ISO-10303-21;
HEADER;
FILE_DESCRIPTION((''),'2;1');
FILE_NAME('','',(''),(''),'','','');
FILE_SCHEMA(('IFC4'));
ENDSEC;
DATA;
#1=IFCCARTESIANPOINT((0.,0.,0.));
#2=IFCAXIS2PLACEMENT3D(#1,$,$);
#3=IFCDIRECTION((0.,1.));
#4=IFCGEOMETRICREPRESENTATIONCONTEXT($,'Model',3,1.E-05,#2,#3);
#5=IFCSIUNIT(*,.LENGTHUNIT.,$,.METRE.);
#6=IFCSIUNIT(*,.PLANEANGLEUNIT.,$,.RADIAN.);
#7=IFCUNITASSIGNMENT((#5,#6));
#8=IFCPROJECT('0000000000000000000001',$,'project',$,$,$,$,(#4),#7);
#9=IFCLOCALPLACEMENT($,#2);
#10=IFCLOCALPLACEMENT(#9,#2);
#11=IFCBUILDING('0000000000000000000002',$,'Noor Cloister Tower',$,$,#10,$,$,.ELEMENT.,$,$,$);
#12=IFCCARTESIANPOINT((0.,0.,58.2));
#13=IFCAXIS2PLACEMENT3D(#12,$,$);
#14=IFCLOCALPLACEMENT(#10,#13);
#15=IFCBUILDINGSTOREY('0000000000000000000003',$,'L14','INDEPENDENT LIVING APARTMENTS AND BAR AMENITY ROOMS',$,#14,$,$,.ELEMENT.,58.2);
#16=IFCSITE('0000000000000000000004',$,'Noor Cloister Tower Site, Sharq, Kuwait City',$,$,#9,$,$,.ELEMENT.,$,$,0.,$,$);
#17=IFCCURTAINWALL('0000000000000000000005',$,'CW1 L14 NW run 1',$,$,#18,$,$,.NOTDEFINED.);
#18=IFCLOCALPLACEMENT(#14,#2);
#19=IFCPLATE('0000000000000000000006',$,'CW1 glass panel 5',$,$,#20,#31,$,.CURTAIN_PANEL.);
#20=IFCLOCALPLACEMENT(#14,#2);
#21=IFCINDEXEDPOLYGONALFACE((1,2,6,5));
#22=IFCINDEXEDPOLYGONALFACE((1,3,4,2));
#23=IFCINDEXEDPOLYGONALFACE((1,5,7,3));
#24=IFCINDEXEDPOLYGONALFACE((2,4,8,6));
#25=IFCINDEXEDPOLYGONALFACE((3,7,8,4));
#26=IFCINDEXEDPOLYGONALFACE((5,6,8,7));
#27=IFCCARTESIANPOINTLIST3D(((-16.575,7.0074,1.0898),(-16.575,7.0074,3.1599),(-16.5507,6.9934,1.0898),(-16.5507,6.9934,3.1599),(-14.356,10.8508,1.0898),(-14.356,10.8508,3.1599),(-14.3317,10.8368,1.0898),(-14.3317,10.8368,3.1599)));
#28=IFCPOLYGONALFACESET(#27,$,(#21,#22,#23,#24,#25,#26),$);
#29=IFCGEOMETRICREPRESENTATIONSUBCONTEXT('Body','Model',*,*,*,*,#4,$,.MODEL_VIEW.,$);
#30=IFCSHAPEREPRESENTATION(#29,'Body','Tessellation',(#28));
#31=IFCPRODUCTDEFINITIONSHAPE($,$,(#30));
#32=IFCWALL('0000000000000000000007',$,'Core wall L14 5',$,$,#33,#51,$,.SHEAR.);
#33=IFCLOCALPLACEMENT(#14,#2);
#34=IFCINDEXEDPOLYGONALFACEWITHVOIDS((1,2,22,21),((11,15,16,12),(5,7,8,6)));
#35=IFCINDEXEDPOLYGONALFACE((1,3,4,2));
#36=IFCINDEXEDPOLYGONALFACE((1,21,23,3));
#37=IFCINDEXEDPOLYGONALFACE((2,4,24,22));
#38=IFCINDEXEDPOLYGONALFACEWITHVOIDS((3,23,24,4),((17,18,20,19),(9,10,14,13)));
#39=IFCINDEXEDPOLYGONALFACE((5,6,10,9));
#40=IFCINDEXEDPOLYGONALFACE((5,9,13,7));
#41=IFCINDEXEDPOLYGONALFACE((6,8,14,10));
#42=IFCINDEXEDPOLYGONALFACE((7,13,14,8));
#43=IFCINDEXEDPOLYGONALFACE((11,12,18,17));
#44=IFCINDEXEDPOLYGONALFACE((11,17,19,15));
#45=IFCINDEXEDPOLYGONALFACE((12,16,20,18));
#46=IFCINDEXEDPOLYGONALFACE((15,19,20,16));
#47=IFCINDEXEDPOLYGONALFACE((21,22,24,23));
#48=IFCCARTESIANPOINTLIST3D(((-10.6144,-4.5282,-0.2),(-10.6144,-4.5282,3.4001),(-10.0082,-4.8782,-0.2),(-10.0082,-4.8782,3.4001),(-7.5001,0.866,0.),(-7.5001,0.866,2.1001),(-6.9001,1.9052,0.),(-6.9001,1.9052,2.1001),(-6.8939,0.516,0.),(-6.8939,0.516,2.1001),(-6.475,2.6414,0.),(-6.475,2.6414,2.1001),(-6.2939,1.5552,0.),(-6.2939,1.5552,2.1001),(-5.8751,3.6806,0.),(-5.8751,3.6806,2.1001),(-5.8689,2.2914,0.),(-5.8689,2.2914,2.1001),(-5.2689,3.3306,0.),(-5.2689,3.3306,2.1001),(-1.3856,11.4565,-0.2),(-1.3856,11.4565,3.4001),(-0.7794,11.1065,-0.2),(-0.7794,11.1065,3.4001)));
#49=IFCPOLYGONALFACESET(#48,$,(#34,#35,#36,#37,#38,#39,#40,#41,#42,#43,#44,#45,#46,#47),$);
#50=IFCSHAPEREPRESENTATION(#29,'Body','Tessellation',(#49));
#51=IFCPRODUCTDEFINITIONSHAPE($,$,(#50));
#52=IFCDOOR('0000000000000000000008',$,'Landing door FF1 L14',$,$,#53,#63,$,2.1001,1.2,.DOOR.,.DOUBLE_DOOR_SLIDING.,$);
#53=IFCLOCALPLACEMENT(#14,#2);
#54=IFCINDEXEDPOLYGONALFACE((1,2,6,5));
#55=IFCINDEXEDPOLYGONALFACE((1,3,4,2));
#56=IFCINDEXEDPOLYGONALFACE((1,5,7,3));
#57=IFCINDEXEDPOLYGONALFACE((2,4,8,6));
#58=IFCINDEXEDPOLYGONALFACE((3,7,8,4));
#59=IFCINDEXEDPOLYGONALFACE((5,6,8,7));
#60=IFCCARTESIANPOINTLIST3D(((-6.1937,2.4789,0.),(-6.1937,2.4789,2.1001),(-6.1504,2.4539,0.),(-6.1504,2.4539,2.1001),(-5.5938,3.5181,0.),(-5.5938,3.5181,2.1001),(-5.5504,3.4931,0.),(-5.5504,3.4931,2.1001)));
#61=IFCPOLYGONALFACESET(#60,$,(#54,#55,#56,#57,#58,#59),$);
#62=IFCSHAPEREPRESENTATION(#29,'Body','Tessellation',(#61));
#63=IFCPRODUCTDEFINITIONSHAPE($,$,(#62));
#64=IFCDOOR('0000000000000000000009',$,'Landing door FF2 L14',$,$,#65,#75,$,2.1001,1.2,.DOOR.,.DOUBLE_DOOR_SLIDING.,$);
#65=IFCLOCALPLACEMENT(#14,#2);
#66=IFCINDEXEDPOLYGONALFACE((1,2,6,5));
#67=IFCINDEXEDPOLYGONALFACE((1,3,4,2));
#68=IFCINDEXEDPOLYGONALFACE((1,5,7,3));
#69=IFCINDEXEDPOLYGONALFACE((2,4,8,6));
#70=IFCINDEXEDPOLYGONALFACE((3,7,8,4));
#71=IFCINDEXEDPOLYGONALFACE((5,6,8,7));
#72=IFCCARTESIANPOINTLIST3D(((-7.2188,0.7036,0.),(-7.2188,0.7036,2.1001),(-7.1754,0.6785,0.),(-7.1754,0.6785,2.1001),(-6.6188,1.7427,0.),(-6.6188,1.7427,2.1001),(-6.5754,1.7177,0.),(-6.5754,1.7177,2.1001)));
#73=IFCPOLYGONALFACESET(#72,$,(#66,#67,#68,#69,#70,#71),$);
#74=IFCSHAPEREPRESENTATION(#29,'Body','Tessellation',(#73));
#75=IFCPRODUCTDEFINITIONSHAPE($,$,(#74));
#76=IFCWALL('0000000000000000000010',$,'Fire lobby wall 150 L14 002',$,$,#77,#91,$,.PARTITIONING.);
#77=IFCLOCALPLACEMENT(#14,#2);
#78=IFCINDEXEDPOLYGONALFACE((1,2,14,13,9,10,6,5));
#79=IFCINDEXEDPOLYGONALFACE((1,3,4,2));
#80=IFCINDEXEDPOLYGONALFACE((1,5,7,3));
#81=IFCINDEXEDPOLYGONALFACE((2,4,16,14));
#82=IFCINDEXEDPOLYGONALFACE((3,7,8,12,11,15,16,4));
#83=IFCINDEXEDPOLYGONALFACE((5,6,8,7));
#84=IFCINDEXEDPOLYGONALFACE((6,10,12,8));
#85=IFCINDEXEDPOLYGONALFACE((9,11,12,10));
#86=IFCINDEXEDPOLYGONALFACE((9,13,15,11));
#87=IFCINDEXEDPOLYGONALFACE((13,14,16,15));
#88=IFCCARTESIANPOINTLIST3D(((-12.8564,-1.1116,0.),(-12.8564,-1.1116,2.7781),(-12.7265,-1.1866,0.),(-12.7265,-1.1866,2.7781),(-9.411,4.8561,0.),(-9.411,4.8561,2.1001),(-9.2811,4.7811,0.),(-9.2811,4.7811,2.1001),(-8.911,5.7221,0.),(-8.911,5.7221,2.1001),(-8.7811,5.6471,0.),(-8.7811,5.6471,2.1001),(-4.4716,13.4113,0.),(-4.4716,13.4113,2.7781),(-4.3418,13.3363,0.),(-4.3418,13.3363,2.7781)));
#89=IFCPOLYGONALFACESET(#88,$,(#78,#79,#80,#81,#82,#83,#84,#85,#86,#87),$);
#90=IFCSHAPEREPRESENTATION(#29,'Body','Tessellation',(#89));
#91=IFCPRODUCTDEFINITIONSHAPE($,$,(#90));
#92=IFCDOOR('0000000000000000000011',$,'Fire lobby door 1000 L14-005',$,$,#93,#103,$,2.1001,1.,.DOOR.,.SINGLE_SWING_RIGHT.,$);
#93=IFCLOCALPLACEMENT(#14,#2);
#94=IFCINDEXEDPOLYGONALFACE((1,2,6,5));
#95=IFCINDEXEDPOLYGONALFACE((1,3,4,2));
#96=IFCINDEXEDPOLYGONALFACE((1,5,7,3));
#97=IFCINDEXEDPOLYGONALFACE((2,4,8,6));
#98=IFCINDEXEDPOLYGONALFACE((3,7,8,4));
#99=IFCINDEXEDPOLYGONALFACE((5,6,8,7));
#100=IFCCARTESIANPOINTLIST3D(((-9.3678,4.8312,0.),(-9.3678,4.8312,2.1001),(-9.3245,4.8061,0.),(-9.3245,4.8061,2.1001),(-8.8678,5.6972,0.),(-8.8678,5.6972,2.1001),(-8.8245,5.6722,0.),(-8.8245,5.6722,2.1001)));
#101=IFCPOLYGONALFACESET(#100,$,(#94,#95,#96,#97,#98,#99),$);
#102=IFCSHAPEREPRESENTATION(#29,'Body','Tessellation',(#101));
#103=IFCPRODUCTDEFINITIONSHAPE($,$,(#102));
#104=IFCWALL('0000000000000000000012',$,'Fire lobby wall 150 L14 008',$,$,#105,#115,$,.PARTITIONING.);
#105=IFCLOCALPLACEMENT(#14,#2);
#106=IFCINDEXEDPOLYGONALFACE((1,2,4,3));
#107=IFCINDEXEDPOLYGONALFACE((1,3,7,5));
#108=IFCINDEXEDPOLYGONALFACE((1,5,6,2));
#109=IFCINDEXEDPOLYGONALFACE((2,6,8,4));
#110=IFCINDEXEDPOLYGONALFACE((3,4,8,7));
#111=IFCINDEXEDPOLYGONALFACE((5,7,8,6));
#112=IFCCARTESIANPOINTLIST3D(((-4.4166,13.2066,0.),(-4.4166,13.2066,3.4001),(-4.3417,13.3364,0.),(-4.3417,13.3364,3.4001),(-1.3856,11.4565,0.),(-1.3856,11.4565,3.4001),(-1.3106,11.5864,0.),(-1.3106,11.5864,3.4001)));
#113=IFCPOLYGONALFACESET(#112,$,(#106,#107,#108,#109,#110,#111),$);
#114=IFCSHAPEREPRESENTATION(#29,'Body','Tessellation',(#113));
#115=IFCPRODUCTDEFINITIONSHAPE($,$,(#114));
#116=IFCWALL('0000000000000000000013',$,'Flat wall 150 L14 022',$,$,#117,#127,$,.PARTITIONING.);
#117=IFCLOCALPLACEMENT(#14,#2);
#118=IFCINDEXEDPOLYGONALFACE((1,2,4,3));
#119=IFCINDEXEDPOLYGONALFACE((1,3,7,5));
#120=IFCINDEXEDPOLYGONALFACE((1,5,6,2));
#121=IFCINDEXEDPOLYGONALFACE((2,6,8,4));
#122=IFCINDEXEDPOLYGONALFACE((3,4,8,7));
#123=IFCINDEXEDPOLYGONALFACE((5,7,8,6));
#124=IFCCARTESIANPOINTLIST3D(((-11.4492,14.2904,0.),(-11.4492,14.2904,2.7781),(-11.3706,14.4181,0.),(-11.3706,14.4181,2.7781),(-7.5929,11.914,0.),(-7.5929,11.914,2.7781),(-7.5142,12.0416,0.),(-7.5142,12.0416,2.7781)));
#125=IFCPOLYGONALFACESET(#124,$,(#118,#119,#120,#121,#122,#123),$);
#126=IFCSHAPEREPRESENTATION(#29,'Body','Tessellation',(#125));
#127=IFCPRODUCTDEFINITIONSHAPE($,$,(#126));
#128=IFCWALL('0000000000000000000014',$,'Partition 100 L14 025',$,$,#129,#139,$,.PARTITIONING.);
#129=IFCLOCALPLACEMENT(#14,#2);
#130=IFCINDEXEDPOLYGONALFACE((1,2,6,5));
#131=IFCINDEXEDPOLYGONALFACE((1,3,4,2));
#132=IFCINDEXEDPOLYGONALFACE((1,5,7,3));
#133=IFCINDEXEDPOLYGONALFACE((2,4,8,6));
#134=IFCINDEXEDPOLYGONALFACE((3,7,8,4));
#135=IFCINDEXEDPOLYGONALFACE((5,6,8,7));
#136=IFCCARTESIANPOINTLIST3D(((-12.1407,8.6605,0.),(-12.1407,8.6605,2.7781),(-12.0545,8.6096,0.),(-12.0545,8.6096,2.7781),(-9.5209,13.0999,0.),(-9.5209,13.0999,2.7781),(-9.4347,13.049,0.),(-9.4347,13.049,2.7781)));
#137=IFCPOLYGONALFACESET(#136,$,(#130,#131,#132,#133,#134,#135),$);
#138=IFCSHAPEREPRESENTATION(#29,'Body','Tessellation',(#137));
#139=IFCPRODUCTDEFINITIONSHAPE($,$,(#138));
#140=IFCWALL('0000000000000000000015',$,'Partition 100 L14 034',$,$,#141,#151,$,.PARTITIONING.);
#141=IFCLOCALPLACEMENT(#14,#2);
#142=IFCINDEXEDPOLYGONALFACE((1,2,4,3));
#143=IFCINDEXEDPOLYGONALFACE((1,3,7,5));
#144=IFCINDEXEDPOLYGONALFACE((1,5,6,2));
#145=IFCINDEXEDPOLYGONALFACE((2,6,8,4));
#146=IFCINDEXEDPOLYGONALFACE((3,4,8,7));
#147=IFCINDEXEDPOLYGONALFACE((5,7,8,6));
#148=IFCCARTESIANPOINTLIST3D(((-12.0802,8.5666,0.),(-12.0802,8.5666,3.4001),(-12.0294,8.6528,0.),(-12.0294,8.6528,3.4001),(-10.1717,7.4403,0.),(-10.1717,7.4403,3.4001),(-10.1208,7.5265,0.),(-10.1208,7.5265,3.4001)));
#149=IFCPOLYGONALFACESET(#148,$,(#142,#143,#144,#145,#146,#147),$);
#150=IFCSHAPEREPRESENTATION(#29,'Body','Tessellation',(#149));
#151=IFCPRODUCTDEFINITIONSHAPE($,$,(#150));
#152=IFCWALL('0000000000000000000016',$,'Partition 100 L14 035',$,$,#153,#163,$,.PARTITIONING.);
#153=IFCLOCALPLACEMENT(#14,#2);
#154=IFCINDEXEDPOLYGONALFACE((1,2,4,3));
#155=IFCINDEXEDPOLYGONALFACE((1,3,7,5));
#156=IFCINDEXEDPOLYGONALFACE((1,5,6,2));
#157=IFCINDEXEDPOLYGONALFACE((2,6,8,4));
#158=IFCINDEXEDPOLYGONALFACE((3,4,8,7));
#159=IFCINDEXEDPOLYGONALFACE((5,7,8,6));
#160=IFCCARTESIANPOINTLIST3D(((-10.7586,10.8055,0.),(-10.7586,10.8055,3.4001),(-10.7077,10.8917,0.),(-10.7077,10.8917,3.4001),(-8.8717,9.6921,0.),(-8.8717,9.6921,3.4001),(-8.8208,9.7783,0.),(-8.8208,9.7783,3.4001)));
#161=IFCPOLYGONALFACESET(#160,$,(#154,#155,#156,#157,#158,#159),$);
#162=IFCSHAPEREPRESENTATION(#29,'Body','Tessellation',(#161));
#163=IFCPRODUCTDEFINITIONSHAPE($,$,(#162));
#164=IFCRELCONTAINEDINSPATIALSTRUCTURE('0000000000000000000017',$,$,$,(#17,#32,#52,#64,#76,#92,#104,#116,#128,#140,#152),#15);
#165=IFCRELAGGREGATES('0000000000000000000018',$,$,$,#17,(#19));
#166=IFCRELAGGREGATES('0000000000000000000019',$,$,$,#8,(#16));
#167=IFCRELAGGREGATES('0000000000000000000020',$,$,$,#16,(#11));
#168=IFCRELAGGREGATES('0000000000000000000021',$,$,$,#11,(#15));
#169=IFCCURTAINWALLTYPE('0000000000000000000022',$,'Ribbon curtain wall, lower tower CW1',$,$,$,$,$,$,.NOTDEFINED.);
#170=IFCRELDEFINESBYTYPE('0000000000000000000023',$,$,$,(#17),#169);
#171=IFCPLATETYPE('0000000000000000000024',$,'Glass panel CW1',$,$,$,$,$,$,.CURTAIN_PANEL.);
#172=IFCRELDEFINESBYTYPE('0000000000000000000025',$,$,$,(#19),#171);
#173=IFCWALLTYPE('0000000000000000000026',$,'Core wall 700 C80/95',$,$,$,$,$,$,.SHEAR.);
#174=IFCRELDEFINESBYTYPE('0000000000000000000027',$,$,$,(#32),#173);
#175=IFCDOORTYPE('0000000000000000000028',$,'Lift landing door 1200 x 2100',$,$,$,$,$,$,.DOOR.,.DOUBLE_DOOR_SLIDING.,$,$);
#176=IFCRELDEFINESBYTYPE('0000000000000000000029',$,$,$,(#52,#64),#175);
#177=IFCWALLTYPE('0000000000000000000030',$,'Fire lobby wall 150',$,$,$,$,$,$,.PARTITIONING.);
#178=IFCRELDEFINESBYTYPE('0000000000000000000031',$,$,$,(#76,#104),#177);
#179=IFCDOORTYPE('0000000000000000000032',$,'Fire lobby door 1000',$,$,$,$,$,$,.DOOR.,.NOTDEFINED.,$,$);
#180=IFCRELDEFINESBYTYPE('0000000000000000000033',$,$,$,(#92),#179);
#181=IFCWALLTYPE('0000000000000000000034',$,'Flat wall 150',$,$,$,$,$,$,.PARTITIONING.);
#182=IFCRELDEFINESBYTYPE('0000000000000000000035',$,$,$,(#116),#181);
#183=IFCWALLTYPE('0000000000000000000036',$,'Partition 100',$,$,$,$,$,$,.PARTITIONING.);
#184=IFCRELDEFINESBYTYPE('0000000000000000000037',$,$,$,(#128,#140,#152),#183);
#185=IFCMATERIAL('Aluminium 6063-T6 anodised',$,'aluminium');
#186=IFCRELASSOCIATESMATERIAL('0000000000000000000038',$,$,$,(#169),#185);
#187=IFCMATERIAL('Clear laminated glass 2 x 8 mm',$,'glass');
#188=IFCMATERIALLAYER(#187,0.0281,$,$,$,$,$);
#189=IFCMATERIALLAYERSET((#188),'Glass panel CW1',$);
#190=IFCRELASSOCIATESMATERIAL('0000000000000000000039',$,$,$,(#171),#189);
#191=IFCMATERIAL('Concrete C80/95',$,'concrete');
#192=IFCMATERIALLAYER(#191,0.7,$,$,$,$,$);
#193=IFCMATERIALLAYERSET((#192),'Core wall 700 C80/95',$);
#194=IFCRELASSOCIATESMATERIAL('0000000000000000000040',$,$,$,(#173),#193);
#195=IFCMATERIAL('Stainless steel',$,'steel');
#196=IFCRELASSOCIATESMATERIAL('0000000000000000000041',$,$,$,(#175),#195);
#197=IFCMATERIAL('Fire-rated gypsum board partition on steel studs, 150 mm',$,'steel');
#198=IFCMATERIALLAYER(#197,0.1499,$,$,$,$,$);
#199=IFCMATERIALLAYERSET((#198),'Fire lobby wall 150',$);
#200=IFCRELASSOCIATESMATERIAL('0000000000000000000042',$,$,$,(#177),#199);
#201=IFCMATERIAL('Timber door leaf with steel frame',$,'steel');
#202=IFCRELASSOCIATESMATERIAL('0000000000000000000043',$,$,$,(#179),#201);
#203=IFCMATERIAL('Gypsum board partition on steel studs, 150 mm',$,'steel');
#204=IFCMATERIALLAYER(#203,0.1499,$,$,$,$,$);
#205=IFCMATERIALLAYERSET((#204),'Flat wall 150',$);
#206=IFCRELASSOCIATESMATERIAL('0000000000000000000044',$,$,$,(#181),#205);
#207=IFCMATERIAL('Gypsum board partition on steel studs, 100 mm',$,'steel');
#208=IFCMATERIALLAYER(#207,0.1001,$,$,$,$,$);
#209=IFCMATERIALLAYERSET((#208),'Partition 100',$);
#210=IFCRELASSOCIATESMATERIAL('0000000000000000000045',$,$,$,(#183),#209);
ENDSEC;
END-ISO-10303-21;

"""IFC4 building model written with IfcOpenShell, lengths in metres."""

from ifc_helpers import new_model, si_unit, direction, frame, frame_2d, origin, origin_2d, place, context, subcontext, project, spatial, rectangle, extrude, material, layer, layer_set, type_object, element, fill, aggregate, save


model = new_model("IFC4")

# Units and contexts
model_context = context("Model", 3, precision=1e-05, world=origin(), true_north=direction((0.0, 1.0)))
body_context = subcontext(model_context, "Body", "Model", "MODEL_VIEW")
ifc_project = project(units=[si_unit("LENGTHUNIT", "METRE"), si_unit("PLANEANGLEUNIT", "RADIAN")], contexts=[model_context])

# Site, building, storey
site_placement = place(None, origin())
site = spatial("IfcSite", under=ifc_project, at=site_placement, Name="Noor Cloister Tower Site, Sharq, Kuwait City", CompositionType="ELEMENT", RefElevation=0.0)
building_placement = place(site_placement, origin())
building = spatial("IfcBuilding", under=site, at=building_placement, Name="Noor Cloister Tower", CompositionType="ELEMENT")
storey_placement = place(building_placement, frame((0.0, 0.0, 58.2)))
storey = spatial("IfcBuildingStorey", under=building, at=storey_placement, Name="L14", Description="INDEPENDENT LIVING APARTMENTS AND BAR AMENITY ROOMS", CompositionType="ELEMENT", Elevation=58.2)

# Curtain wall
ifc_material_1 = material(Name="Aluminium 6063-T6 anodised", Category="aluminium")
curtain_wall_type = type_object("IfcCurtainWallType", Name="Ribbon curtain wall, lower tower CW1", PredefinedType="NOTDEFINED", material=ifc_material_1)
curtain_wall_placement = place(storey_placement, origin())
curtain_wall = element("IfcCurtainWall", 1, at=curtain_wall_placement, inside=storey, type_object=curtain_wall_type, Name="CW1 L14 NW run 1", PredefinedType="NOTDEFINED")

# Plate
ifc_material_2 = material(Name="Clear laminated glass 2 x 8 mm", Category="glass")
ifc_layer_1 = layer(ifc_material_2, 0.0281)
ifc_layer_set_1 = layer_set([ifc_layer_1], Name="Glass panel CW1")
plate_type = type_object("IfcPlateType", Name="Glass panel CW1", PredefinedType="CURTAIN_PANEL", material=ifc_layer_set_1)
plate_1_placement = place(storey_placement, frame((-15.4534, 8.9221, 1.0898), z_axis=(0.0, 0.0, 1.0), x_axis=(-0.5, -0.866025, 0.0)))
plate_1 = element("IfcPlate", 2, at=plate_1_placement, type_object=plate_type, Name="CW1 glass panel 5", PredefinedType="CURTAIN_PANEL", context=body_context, shape_type="SweptSolid", body=[
    extrude(rectangle(XDim=4.438, YDim=0.0281, at=origin_2d()), origin(), (0.0, 0.0, 1.0), 2.0701),
])
aggregate(curtain_wall, [plate_1])

# Wall, openings, doors
ifc_material_3 = material(Name="Concrete C80/95", Category="concrete")
ifc_layer_2 = layer(ifc_material_3, 0.7)
ifc_layer_set_2 = layer_set([ifc_layer_2], Name="Core wall 700 C80/95")
wall_type_1 = type_object("IfcWallType", Name="Core wall 700 C80/95", PredefinedType="SHEAR", material=ifc_layer_set_2)
wall_1_placement = place(storey_placement, frame((-1.0825, 11.2815, -0.2), z_axis=(0.0, 0.0, 1.0), x_axis=(-0.500001, -0.866025, 0.0)))
wall_1 = element("IfcWall", 3, at=wall_1_placement, inside=storey, type_object=wall_type_1, Name="Core wall L14 5", PredefinedType="SHEAR", context=body_context, shape_type="SweptSolid", body=[
    extrude(rectangle(XDim=18.4575, YDim=0.7, at=frame_2d((9.2288, 0.0))), origin(), (0.0, 0.0, 1.0), 3.6001),
])
opening_1_placement = place(wall_1_placement, frame((8.9788, 0.0, 0.2)))
opening_1 = element("IfcOpeningElement", 4, at=opening_1_placement, cuts=wall_1, PredefinedType="OPENING", context=body_context, shape_type="SweptSolid", body=[
    extrude(rectangle(XDim=1.2, YDim=2.1001, at=frame_2d((0.6001, 1.05))), frame((0.0, 0.3599, 0.0), z_axis=(0.0, -1.0, 0.0), x_axis=(1.0, 0.0, 0.0)), (0.0, 0.0, 1.0), 0.72),
])
opening_2_placement = place(wall_1_placement, frame((11.0288, 0.0, 0.2)))
opening_2 = element("IfcOpeningElement", 5, at=opening_2_placement, cuts=wall_1, PredefinedType="OPENING", context=body_context, shape_type="SweptSolid", body=[
    extrude(rectangle(XDim=1.2, YDim=2.1001, at=frame_2d((0.6001, 1.05))), frame((0.0, 0.3599, 0.0), z_axis=(0.0, -1.0, 0.0), x_axis=(1.0, 0.0, 0.0)), (0.0, 0.0, 1.0), 0.72),
])
ifc_material_4 = material(Name="Stainless steel", Category="steel")
door_type_1 = type_object("IfcDoorType", Name="Lift landing door 1200 x 2100", OperationType="DOUBLE_DOOR_SLIDING", PredefinedType="DOOR", material=ifc_material_4)
door_1_placement = place(opening_1_placement, origin())
door_1 = element("IfcDoor", 6, at=door_1_placement, inside=storey, type_object=door_type_1, Name="Landing door FF1 L14", OperationType="DOUBLE_DOOR_SLIDING", OverallHeight=2.1001, OverallWidth=1.2, PredefinedType="DOOR", context=body_context, shape_type="SweptSolid", body=[
    extrude(rectangle(XDim=1.2, YDim=2.1001, at=frame_2d((0.6001, 1.05))), frame((0.0, 0.0249, 0.0), z_axis=(0.0, -1.0, 0.0), x_axis=(1.0, 0.0, 0.0)), (0.0, 0.0, 1.0), 0.05),
])
fill(opening_1, door_1)
door_2_placement = place(opening_2_placement, origin())
door_2 = element("IfcDoor", 7, at=door_2_placement, inside=storey, type_object=door_type_1, Name="Landing door FF2 L14", OperationType="DOUBLE_DOOR_SLIDING", OverallHeight=2.1001, OverallWidth=1.2, PredefinedType="DOOR", context=body_context, shape_type="SweptSolid", body=[
    extrude(rectangle(XDim=1.2, YDim=2.1001, at=frame_2d((0.6001, 1.05))), frame((0.0, 0.0249, 0.0), z_axis=(0.0, -1.0, 0.0), x_axis=(1.0, 0.0, 0.0)), (0.0, 0.0, 1.0), 0.05),
])
fill(opening_2, door_2)

# Wall, opening, door
ifc_material_5 = material(Name="Fire-rated gypsum board partition on steel studs, 150 mm", Category="steel")
ifc_layer_3 = layer(ifc_material_5, 0.1499)
ifc_layer_set_3 = layer_set([ifc_layer_3], Name="Fire lobby wall 150")
wall_type_2 = type_object("IfcWallType", Name="Fire lobby wall 150", PredefinedType="PARTITIONING", material=ifc_layer_set_3)
wall_2_placement = place(storey_placement, frame((-4.4067, 13.3738, 0.0), z_axis=(0.0, 0.0, 1.0), x_axis=(-0.499997, -0.866027, 0.0)))
wall_2 = element("IfcWall", 8, at=wall_2_placement, inside=storey, type_object=wall_type_2, Name="Fire lobby wall 150 L14 002", PredefinedType="PARTITIONING", context=body_context, shape_type="SweptSolid", body=[
    extrude(rectangle(XDim=16.7695, YDim=0.1499, at=frame_2d((8.3848, 0.0))), origin(), (0.0, 0.0, 1.0), 2.7781),
])
opening_3_placement = place(wall_2_placement, frame((8.8787, 0.0, 0.0)))
opening_3 = element("IfcOpeningElement", 9, at=opening_3_placement, cuts=wall_2, PredefinedType="OPENING", context=body_context, shape_type="SweptSolid", body=[
    extrude(rectangle(XDim=1.0, YDim=2.1001, at=frame_2d((0.5, 1.05))), frame((0.0, 0.085, 0.0), z_axis=(0.0, -1.0, 0.0), x_axis=(1.0, 0.0, 0.0)), (0.0, 0.0, 1.0), 0.1699),
])
ifc_material_6 = material(Name="Timber door leaf with steel frame", Category="steel")
door_type_2 = type_object("IfcDoorType", Name="Fire lobby door 1000", OperationType="NOTDEFINED", PredefinedType="DOOR", material=ifc_material_6)
door_3_placement = place(opening_3_placement, origin())
door_3 = element("IfcDoor", 10, at=door_3_placement, inside=storey, type_object=door_type_2, Name="Fire lobby door 1000 L14-005", OperationType="SINGLE_SWING_RIGHT", OverallHeight=2.1001, OverallWidth=1.0, PredefinedType="DOOR", context=body_context, shape_type="SweptSolid", body=[
    extrude(rectangle(XDim=1.0, YDim=2.1001, at=frame_2d((0.5, 1.05))), frame((0.0, 0.0249, 0.0), z_axis=(0.0, -1.0, 0.0), x_axis=(1.0, 0.0, 0.0)), (0.0, 0.0, 1.0), 0.05),
])
fill(opening_3, door_3)

# Walls
wall_3_placement = place(storey_placement, frame((-4.3792, 13.2715, 0.0), z_axis=(0.0, 0.0, 1.0), x_axis=(0.866019, -0.50001, 0.0)))
element("IfcWall", 11, at=wall_3_placement, inside=storey, type_object=wall_type_2, Name="Fire lobby wall 150 L14 008", PredefinedType="PARTITIONING", context=body_context, shape_type="SweptSolid", body=[
    extrude(rectangle(XDim=3.5, YDim=0.1499, at=frame_2d((1.75, 0.0))), origin(), (0.0, 0.0, 1.0), 3.4001),
])
ifc_material_7 = material(Name="Gypsum board partition on steel studs, 150 mm", Category="steel")
ifc_layer_4 = layer(ifc_material_7, 0.1499)
ifc_layer_set_4 = layer_set([ifc_layer_4], Name="Flat wall 150")
wall_type_3 = type_object("IfcWallType", Name="Flat wall 150", PredefinedType="PARTITIONING", material=ifc_layer_set_4)
wall_4_placement = place(storey_placement, frame((-11.4099, 14.3542, 0.0), z_axis=(0.0, 0.0, 1.0), x_axis=(0.851336, -0.524621, 0.0)))
element("IfcWall", 12, at=wall_4_placement, inside=storey, type_object=wall_type_3, Name="Flat wall 150 L14 022", PredefinedType="PARTITIONING", context=body_context, shape_type="SweptSolid", body=[
    extrude(rectangle(XDim=4.5298, YDim=0.1499, at=frame_2d((2.2649, 0.0))), origin(), (0.0, 0.0, 1.0), 2.7781),
])
ifc_material_8 = material(Name="Gypsum board partition on steel studs, 100 mm", Category="steel")
ifc_layer_5 = layer(ifc_material_8, 0.1001)
ifc_layer_set_5 = layer_set([ifc_layer_5], Name="Partition 100")
wall_type_4 = type_object("IfcWallType", Name="Partition 100", PredefinedType="PARTITIONING", material=ifc_layer_set_5)
wall_5_placement = place(storey_placement, frame((-9.4778, 13.0745, 0.0), z_axis=(0.0, 0.0, 1.0), x_axis=(-0.508235, -0.861219, 0.0)))
element("IfcWall", 13, at=wall_5_placement, inside=storey, type_object=wall_type_4, Name="Partition 100 L14 025", PredefinedType="PARTITIONING", context=body_context, shape_type="SweptSolid", body=[
    extrude(rectangle(XDim=5.1548, YDim=0.1001, at=frame_2d((2.5774, 0.0))), origin(), (0.0, 0.0, 1.0), 2.7781),
])
wall_6_placement = place(storey_placement, frame((-12.0547, 8.6096, 0.0), z_axis=(0.0, 0.0, 1.0), x_axis=(0.861222, -0.508228, 0.0)))
element("IfcWall", 14, at=wall_6_placement, inside=storey, type_object=wall_type_4, Name="Partition 100 L14 034", PredefinedType="PARTITIONING", context=body_context, shape_type="SweptSolid", body=[
    extrude(rectangle(XDim=2.2161, YDim=0.1001, at=frame_2d((1.1079, 0.0))), origin(), (0.0, 0.0, 1.0), 3.4001),
])
wall_7_placement = place(storey_placement, frame((-10.7332, 10.8486, 0.0), z_axis=(0.0, 0.0, 1.0), x_axis=(0.861226, -0.508222, 0.0)))
element("IfcWall", 15, at=wall_7_placement, inside=storey, type_object=wall_type_4, Name="Partition 100 L14 035", PredefinedType="PARTITIONING", context=body_context, shape_type="SweptSolid", body=[
    extrude(rectangle(XDim=2.1909, YDim=0.1001, at=frame_2d((1.0955, 0.0))), origin(), (0.0, 0.0, 1.0), 3.4001),
])

save(model, "model.ifc")
